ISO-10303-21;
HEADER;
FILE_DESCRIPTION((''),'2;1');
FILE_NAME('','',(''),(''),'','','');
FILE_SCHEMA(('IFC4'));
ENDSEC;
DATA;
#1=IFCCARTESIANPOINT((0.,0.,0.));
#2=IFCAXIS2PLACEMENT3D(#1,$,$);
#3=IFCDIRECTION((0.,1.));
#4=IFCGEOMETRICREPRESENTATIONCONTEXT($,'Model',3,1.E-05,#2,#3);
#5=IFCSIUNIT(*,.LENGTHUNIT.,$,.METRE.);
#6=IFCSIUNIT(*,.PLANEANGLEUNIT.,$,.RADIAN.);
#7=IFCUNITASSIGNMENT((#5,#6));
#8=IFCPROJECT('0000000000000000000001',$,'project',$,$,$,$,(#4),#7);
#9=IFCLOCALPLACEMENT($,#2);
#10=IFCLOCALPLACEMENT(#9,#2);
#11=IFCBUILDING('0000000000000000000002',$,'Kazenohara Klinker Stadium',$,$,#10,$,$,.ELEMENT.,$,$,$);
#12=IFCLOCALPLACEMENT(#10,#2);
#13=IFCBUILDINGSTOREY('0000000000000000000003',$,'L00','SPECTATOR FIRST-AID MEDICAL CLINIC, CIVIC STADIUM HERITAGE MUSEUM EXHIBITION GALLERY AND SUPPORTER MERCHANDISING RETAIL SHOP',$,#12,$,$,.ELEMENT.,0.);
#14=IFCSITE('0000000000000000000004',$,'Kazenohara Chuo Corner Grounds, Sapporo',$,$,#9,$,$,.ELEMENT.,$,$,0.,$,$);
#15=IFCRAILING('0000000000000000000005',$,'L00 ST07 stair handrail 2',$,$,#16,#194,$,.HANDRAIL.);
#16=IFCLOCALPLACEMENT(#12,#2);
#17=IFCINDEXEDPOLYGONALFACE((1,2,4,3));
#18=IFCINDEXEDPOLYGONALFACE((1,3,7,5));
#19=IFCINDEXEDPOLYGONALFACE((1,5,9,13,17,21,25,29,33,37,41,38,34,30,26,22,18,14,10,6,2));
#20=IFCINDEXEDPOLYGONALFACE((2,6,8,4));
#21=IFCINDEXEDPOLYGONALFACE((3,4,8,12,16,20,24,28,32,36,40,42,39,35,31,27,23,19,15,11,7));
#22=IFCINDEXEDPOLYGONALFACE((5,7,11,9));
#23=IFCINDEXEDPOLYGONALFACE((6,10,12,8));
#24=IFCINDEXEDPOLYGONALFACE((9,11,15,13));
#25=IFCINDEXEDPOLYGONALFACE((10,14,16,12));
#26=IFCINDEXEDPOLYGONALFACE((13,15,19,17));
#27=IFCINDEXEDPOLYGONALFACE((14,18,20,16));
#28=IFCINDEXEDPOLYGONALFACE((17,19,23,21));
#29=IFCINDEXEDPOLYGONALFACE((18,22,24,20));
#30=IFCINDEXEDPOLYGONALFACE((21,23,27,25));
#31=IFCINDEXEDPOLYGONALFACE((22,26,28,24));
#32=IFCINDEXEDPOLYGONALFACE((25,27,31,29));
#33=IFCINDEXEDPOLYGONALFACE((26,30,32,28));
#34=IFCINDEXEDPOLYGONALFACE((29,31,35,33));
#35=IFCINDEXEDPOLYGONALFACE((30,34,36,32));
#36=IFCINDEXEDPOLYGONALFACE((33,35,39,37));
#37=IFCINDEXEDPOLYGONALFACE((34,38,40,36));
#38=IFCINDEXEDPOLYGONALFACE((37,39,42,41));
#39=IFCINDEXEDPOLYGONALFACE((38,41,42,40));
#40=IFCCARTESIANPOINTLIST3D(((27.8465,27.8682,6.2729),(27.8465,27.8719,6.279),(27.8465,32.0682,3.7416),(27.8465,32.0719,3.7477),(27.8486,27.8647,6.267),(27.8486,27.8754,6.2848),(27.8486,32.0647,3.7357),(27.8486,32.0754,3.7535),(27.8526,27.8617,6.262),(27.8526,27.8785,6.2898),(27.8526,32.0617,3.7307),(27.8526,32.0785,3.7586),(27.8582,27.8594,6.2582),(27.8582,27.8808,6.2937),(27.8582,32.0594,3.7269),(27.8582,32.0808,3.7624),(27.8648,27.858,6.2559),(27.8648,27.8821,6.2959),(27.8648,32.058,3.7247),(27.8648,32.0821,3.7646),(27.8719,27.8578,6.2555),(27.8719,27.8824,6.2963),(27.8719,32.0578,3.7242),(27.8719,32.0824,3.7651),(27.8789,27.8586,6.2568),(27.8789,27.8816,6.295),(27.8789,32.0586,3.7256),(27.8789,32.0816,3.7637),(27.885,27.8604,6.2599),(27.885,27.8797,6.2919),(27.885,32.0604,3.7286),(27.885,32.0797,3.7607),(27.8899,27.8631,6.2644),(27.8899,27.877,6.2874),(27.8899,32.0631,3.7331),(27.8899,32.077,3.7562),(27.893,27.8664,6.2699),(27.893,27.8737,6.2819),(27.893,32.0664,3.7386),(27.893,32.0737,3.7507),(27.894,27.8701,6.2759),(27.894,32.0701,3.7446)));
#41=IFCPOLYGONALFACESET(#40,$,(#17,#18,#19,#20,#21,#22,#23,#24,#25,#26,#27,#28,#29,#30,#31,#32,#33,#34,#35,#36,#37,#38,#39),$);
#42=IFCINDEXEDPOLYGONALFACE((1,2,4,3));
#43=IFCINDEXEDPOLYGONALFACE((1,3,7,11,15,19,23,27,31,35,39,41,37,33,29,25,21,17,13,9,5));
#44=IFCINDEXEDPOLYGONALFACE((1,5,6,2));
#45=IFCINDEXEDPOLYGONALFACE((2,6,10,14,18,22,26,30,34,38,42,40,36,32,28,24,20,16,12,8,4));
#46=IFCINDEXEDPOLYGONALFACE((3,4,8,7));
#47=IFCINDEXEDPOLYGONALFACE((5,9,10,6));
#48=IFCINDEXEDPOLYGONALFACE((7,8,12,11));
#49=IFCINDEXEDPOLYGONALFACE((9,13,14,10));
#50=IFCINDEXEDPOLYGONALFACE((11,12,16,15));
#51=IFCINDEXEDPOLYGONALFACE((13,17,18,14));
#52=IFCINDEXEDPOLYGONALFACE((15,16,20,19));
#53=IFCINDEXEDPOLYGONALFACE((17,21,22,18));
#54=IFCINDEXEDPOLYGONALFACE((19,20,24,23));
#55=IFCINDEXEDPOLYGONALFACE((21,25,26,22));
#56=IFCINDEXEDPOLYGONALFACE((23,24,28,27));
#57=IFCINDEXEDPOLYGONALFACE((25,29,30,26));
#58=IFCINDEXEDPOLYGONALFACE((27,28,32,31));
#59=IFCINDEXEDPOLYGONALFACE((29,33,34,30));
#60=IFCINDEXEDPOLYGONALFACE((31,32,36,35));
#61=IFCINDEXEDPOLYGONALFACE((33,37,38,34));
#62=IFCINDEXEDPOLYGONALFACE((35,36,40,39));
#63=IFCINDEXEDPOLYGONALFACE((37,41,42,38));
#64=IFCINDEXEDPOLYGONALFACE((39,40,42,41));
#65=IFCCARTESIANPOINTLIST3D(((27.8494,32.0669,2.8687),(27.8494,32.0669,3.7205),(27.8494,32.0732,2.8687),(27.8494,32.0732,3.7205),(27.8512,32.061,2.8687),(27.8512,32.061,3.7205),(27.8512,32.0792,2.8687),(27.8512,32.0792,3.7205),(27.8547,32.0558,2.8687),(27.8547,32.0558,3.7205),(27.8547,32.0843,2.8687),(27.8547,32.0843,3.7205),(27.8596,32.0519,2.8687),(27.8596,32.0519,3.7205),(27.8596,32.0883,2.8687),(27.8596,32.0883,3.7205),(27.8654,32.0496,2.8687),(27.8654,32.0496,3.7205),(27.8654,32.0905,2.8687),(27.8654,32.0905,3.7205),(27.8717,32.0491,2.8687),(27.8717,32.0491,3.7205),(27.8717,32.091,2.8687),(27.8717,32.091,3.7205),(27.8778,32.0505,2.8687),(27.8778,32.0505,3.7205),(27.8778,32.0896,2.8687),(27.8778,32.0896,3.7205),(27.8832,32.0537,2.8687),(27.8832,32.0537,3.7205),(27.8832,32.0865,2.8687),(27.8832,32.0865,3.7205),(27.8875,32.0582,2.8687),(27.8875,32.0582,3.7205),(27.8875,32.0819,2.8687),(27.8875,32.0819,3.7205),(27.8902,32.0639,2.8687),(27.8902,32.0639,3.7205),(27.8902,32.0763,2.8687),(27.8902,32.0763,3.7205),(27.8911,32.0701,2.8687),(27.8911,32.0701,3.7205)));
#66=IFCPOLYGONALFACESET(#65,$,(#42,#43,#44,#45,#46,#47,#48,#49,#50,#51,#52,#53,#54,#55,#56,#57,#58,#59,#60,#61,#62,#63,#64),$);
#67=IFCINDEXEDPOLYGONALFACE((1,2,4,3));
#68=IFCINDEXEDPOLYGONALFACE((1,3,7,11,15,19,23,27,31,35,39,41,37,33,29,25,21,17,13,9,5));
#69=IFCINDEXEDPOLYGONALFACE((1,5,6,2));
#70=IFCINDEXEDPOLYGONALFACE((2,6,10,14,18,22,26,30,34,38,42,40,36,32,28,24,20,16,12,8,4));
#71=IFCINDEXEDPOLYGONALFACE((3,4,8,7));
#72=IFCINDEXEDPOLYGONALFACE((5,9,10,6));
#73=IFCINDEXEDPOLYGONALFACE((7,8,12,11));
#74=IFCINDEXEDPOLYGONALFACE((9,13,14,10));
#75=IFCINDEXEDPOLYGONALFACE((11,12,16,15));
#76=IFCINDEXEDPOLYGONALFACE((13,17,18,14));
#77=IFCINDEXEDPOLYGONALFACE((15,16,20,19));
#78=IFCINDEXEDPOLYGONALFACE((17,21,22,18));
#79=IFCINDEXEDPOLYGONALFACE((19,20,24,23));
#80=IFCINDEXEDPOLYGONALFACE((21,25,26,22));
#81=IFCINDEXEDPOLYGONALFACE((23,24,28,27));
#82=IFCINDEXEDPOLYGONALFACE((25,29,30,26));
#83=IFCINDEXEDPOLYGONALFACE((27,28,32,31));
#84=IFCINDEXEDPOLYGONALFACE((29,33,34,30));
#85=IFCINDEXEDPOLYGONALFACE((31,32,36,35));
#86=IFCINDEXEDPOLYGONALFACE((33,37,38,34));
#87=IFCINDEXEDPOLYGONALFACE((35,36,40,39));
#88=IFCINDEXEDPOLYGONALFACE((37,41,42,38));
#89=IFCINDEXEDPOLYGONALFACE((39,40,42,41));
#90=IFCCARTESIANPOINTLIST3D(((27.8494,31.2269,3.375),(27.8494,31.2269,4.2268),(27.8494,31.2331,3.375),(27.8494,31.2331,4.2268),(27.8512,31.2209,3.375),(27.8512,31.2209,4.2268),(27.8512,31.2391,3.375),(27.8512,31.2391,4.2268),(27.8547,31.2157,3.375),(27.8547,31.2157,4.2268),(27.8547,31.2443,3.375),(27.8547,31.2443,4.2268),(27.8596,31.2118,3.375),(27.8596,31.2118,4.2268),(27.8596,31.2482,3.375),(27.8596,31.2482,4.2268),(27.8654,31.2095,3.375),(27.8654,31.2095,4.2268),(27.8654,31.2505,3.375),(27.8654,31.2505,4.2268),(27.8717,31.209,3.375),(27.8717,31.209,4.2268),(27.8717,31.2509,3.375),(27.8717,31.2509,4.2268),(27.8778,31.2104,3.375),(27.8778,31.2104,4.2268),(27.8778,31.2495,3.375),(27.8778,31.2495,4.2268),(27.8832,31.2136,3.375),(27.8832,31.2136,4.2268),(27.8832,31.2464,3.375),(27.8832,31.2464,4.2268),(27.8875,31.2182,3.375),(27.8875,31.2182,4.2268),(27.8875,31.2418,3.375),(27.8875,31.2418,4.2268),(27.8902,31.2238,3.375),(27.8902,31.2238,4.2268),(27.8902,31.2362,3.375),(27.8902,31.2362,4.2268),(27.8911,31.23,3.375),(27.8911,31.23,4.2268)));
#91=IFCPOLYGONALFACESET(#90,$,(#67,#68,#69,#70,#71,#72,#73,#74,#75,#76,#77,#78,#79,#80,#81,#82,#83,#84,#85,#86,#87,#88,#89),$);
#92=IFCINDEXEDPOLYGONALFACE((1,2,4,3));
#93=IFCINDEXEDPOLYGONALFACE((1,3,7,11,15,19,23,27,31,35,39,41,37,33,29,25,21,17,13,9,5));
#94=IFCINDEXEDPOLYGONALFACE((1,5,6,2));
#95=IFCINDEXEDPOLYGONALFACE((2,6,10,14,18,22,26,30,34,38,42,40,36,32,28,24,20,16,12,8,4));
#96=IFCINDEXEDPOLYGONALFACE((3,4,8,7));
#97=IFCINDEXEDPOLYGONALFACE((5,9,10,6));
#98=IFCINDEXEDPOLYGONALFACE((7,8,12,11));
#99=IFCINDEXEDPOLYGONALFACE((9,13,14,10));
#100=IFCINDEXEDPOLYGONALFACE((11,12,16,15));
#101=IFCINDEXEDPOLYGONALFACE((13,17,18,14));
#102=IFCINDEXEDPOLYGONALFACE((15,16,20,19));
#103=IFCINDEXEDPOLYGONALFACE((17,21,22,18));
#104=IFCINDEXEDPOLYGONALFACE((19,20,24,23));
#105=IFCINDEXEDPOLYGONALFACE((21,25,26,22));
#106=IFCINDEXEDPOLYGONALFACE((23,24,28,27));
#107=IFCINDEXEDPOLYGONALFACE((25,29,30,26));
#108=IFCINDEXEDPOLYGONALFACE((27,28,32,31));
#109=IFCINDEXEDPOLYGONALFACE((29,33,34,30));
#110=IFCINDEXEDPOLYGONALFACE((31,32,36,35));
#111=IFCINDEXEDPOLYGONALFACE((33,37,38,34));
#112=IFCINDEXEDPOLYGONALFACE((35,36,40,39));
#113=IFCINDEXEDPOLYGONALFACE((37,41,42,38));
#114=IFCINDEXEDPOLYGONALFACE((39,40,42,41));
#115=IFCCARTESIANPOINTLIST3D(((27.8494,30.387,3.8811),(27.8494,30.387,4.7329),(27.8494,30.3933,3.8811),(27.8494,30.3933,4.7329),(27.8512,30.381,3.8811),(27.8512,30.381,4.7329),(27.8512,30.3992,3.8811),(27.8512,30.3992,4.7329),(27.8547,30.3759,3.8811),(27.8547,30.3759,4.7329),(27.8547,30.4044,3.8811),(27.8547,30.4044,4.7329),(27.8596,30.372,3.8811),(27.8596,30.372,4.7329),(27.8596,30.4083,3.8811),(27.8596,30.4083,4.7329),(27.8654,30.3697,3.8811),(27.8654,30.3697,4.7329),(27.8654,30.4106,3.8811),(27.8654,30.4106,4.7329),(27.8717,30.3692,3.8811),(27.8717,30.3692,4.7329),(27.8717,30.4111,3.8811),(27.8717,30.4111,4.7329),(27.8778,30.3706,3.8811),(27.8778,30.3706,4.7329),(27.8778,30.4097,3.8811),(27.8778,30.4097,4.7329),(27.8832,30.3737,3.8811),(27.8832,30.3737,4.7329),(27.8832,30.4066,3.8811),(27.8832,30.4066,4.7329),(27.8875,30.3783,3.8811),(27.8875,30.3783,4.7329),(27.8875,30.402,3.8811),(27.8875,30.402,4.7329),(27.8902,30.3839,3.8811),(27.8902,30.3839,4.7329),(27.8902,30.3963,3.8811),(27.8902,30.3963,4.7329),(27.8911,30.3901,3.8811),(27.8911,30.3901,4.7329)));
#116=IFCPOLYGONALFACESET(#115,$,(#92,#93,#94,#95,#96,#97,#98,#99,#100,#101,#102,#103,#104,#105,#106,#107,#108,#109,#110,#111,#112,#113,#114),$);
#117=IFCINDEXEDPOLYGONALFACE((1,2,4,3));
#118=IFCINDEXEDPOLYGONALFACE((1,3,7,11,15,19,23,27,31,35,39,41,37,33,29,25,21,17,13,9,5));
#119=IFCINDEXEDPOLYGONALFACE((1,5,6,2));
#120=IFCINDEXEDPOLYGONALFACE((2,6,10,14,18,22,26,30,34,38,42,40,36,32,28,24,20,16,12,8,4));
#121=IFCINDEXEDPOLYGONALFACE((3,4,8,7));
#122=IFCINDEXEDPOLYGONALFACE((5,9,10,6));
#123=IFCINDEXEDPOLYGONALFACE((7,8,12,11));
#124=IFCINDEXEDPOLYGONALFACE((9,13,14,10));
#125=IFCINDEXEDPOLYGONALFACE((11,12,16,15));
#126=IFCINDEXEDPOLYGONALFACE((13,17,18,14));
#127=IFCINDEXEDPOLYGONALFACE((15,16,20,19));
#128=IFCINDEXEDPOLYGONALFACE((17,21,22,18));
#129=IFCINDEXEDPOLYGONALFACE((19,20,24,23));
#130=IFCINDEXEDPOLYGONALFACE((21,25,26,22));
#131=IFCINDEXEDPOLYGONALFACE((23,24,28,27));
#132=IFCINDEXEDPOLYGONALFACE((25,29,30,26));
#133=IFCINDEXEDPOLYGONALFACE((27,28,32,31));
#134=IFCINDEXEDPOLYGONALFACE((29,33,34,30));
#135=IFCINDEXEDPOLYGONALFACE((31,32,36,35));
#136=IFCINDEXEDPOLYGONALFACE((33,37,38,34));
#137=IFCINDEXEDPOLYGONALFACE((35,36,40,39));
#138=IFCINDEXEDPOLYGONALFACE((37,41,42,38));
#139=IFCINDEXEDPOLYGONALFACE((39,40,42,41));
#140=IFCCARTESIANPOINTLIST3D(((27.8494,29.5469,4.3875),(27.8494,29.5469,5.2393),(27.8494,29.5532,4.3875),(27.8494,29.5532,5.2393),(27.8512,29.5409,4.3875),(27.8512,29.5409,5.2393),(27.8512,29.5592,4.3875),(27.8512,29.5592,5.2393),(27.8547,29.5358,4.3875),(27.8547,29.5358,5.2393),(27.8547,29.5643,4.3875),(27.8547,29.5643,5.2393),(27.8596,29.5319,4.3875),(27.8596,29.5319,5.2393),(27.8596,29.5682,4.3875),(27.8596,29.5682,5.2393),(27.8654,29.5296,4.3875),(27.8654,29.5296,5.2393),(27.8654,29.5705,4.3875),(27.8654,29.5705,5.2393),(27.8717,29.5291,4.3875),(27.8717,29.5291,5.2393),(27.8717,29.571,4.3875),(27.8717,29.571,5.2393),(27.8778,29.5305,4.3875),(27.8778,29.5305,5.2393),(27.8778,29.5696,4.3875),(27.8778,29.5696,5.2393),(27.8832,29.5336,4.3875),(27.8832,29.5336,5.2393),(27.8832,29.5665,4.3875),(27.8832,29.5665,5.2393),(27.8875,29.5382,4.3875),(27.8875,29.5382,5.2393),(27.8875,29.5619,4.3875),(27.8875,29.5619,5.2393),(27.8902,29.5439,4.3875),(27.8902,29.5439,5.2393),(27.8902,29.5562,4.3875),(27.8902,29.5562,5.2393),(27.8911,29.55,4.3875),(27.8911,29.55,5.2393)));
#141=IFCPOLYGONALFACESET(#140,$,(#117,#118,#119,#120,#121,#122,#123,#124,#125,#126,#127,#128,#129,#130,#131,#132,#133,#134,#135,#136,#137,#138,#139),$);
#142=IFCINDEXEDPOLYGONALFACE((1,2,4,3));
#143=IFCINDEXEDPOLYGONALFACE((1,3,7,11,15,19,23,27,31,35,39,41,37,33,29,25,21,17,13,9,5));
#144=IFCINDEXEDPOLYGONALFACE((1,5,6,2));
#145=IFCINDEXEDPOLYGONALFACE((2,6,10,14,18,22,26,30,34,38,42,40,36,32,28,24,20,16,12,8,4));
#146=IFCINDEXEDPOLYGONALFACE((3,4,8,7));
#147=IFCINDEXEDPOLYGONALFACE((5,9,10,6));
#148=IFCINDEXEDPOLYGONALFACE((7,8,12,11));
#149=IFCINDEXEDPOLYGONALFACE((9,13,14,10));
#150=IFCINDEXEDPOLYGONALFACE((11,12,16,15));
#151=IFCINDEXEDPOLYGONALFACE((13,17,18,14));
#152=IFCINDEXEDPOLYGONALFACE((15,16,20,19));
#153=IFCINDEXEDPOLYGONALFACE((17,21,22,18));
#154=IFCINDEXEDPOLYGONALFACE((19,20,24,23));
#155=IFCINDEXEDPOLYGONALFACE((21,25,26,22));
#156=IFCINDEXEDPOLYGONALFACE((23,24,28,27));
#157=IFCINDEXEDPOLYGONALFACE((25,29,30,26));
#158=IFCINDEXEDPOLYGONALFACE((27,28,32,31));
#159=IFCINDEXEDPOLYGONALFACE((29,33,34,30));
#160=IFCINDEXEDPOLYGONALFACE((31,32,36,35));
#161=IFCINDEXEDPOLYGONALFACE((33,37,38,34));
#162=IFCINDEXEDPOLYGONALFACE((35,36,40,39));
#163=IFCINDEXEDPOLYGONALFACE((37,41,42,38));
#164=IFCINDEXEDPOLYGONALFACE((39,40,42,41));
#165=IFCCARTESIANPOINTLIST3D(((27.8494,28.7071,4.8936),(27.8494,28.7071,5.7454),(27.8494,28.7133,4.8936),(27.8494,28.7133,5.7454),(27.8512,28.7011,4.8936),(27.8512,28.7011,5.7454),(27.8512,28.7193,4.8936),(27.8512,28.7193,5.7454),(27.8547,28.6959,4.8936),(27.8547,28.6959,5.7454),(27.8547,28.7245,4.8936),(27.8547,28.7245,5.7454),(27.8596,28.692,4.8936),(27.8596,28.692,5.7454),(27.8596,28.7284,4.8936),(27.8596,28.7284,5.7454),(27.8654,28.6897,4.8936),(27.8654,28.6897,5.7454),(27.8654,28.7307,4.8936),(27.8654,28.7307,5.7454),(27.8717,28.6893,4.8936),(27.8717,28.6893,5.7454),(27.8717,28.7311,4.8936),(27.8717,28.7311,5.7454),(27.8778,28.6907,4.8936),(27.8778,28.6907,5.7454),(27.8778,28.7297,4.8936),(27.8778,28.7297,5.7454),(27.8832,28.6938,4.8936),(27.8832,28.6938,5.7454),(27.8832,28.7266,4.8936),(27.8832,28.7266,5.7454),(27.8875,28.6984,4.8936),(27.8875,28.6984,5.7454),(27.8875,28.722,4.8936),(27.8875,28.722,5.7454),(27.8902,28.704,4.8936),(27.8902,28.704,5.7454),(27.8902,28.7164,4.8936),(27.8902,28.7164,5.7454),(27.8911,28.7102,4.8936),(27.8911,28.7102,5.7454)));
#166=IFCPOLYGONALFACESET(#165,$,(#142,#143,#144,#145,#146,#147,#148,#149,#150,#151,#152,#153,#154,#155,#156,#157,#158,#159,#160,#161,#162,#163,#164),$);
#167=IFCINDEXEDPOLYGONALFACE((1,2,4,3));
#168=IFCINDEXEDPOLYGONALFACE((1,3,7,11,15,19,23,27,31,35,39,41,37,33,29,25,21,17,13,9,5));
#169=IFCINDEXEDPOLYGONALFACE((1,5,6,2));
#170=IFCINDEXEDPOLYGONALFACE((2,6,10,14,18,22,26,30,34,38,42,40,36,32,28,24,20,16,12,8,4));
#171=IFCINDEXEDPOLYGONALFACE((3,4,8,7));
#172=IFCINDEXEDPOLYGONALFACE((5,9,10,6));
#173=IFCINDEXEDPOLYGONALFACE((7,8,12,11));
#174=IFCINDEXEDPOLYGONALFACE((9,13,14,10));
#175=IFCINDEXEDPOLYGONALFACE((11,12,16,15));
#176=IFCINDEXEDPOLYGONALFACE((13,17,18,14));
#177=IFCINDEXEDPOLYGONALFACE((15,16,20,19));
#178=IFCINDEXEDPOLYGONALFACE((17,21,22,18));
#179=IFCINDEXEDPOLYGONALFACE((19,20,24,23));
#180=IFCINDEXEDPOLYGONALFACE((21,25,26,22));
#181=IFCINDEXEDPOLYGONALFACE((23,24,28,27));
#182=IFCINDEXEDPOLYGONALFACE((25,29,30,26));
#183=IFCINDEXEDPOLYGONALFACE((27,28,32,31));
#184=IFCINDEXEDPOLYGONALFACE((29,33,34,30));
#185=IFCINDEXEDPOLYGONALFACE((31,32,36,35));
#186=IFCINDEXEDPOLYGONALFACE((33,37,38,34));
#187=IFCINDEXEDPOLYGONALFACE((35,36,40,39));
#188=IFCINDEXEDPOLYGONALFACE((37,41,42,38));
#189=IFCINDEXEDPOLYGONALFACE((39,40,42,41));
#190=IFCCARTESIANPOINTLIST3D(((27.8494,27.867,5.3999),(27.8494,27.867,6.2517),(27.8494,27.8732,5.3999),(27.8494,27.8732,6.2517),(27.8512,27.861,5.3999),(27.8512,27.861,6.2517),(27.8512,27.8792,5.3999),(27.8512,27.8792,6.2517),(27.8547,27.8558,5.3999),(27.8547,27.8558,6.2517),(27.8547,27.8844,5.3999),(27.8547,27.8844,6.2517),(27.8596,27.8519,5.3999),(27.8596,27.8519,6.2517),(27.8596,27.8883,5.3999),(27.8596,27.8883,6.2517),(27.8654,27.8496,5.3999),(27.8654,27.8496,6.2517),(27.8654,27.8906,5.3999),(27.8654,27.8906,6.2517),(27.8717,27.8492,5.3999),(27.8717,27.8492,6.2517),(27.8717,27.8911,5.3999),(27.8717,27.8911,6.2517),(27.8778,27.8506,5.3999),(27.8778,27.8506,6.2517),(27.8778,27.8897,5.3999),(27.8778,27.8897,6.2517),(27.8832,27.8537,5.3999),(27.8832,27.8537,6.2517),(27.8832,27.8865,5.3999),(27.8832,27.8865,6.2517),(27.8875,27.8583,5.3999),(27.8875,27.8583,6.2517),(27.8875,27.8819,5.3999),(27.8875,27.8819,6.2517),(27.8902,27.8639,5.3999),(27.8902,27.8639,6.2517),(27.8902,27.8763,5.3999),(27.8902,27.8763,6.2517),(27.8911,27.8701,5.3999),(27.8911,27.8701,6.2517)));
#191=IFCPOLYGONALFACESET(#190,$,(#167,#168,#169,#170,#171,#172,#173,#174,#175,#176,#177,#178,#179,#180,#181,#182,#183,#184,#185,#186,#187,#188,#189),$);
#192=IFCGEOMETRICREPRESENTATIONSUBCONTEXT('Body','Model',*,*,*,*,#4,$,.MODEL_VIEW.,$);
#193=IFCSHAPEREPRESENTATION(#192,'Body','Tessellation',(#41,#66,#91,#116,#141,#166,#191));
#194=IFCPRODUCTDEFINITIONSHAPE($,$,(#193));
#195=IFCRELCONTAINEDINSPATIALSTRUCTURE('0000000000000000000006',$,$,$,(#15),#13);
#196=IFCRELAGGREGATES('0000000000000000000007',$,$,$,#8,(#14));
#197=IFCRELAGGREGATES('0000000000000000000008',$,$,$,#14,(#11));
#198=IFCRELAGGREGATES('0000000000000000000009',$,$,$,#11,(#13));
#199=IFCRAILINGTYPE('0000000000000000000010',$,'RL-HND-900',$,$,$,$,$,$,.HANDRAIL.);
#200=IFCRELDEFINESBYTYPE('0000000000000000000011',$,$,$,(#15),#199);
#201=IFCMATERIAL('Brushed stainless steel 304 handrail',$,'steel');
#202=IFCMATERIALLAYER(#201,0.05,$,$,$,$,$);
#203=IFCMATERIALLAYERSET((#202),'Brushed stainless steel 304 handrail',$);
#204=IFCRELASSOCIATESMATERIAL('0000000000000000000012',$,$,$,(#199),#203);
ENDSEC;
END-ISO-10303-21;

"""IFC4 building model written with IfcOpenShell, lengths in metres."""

from ifc_helpers import new_model, si_unit, direction, frame, origin, origin_2d, place, context, subcontext, project, spatial, circle, extrude, material, layer, layer_set, type_object, element, save


model = new_model("IFC4")

# Units and contexts
model_context = context("Model", 3, precision=1e-05, world=origin(), true_north=direction((0.0, 1.0)))
body_context = subcontext(model_context, "Body", "Model", "MODEL_VIEW")
ifc_project = project(units=[si_unit("LENGTHUNIT", "METRE"), si_unit("PLANEANGLEUNIT", "RADIAN")], contexts=[model_context])

# Site, building, storey
site_placement = place(None, origin())
site = spatial("IfcSite", under=ifc_project, at=site_placement, Name="Kazenohara Chuo Corner Grounds, Sapporo", CompositionType="ELEMENT", RefElevation=0.0)
building_placement = place(site_placement, origin())
building = spatial("IfcBuilding", under=site, at=building_placement, Name="Kazenohara Klinker Stadium", CompositionType="ELEMENT")
storey_placement = place(building_placement, origin())
storey = spatial("IfcBuildingStorey", under=building, at=storey_placement, Name="L00", Description="SPECTATOR FIRST-AID MEDICAL CLINIC, CIVIC STADIUM HERITAGE MUSEUM EXHIBITION GALLERY AND SUPPORTER MERCHANDISING RETAIL SHOP", CompositionType="ELEMENT", Elevation=0.0)

# Railing
ifc_material_1 = material(Name="Brushed stainless steel 304 handrail", Category="steel")
ifc_layer_1 = layer(ifc_material_1, 0.05)
ifc_layer_set_1 = layer_set([ifc_layer_1], Name="Brushed stainless steel 304 handrail")
railing_type_1 = type_object("IfcRailingType", Name="RL-HND-900", PredefinedType="HANDRAIL", material=ifc_layer_set_1)
railing_1_placement = place(storey_placement, frame((27.8701, 32.0701, 2.8687)))
element("IfcRailing", 1, at=railing_1_placement, inside=storey, type_object=railing_type_1, Name="L00 ST07 stair handrail 2", PredefinedType="HANDRAIL", context=body_context, shape_type="SweptSolid", body=[
    extrude(circle(Radius=0.0239, at=origin_2d()), frame((0.0, 0.0, 0.876), z_axis=(0.0, -0.856476, 0.516186), x_axis=(1.0, 0.0, 0.0)), (0.0, 0.0, 1.0), 4.9038),
    extrude(circle(Radius=0.021, at=origin_2d()), origin(), (0.0, 0.0, 1.0), 0.8518),
    extrude(circle(Radius=0.021, at=origin_2d()), frame((0.0, -0.8401, 0.5063)), (0.0, 0.0, 1.0), 0.8518),
    extrude(circle(Radius=0.021, at=origin_2d()), frame((0.0, -1.6799, 1.0125)), (0.0, 0.0, 1.0), 0.8518),
    extrude(circle(Radius=0.021, at=origin_2d()), frame((0.0, -2.52, 1.5188)), (0.0, 0.0, 1.0), 0.8518),
    extrude(circle(Radius=0.021, at=origin_2d()), frame((0.0, -3.3599, 2.0249)), (0.0, 0.0, 1.0), 0.8518),
    extrude(circle(Radius=0.021, at=origin_2d()), frame((0.0, -4.2, 2.5312)), (0.0, 0.0, 1.0), 0.8518),
])

save(model, "model.ifc")
